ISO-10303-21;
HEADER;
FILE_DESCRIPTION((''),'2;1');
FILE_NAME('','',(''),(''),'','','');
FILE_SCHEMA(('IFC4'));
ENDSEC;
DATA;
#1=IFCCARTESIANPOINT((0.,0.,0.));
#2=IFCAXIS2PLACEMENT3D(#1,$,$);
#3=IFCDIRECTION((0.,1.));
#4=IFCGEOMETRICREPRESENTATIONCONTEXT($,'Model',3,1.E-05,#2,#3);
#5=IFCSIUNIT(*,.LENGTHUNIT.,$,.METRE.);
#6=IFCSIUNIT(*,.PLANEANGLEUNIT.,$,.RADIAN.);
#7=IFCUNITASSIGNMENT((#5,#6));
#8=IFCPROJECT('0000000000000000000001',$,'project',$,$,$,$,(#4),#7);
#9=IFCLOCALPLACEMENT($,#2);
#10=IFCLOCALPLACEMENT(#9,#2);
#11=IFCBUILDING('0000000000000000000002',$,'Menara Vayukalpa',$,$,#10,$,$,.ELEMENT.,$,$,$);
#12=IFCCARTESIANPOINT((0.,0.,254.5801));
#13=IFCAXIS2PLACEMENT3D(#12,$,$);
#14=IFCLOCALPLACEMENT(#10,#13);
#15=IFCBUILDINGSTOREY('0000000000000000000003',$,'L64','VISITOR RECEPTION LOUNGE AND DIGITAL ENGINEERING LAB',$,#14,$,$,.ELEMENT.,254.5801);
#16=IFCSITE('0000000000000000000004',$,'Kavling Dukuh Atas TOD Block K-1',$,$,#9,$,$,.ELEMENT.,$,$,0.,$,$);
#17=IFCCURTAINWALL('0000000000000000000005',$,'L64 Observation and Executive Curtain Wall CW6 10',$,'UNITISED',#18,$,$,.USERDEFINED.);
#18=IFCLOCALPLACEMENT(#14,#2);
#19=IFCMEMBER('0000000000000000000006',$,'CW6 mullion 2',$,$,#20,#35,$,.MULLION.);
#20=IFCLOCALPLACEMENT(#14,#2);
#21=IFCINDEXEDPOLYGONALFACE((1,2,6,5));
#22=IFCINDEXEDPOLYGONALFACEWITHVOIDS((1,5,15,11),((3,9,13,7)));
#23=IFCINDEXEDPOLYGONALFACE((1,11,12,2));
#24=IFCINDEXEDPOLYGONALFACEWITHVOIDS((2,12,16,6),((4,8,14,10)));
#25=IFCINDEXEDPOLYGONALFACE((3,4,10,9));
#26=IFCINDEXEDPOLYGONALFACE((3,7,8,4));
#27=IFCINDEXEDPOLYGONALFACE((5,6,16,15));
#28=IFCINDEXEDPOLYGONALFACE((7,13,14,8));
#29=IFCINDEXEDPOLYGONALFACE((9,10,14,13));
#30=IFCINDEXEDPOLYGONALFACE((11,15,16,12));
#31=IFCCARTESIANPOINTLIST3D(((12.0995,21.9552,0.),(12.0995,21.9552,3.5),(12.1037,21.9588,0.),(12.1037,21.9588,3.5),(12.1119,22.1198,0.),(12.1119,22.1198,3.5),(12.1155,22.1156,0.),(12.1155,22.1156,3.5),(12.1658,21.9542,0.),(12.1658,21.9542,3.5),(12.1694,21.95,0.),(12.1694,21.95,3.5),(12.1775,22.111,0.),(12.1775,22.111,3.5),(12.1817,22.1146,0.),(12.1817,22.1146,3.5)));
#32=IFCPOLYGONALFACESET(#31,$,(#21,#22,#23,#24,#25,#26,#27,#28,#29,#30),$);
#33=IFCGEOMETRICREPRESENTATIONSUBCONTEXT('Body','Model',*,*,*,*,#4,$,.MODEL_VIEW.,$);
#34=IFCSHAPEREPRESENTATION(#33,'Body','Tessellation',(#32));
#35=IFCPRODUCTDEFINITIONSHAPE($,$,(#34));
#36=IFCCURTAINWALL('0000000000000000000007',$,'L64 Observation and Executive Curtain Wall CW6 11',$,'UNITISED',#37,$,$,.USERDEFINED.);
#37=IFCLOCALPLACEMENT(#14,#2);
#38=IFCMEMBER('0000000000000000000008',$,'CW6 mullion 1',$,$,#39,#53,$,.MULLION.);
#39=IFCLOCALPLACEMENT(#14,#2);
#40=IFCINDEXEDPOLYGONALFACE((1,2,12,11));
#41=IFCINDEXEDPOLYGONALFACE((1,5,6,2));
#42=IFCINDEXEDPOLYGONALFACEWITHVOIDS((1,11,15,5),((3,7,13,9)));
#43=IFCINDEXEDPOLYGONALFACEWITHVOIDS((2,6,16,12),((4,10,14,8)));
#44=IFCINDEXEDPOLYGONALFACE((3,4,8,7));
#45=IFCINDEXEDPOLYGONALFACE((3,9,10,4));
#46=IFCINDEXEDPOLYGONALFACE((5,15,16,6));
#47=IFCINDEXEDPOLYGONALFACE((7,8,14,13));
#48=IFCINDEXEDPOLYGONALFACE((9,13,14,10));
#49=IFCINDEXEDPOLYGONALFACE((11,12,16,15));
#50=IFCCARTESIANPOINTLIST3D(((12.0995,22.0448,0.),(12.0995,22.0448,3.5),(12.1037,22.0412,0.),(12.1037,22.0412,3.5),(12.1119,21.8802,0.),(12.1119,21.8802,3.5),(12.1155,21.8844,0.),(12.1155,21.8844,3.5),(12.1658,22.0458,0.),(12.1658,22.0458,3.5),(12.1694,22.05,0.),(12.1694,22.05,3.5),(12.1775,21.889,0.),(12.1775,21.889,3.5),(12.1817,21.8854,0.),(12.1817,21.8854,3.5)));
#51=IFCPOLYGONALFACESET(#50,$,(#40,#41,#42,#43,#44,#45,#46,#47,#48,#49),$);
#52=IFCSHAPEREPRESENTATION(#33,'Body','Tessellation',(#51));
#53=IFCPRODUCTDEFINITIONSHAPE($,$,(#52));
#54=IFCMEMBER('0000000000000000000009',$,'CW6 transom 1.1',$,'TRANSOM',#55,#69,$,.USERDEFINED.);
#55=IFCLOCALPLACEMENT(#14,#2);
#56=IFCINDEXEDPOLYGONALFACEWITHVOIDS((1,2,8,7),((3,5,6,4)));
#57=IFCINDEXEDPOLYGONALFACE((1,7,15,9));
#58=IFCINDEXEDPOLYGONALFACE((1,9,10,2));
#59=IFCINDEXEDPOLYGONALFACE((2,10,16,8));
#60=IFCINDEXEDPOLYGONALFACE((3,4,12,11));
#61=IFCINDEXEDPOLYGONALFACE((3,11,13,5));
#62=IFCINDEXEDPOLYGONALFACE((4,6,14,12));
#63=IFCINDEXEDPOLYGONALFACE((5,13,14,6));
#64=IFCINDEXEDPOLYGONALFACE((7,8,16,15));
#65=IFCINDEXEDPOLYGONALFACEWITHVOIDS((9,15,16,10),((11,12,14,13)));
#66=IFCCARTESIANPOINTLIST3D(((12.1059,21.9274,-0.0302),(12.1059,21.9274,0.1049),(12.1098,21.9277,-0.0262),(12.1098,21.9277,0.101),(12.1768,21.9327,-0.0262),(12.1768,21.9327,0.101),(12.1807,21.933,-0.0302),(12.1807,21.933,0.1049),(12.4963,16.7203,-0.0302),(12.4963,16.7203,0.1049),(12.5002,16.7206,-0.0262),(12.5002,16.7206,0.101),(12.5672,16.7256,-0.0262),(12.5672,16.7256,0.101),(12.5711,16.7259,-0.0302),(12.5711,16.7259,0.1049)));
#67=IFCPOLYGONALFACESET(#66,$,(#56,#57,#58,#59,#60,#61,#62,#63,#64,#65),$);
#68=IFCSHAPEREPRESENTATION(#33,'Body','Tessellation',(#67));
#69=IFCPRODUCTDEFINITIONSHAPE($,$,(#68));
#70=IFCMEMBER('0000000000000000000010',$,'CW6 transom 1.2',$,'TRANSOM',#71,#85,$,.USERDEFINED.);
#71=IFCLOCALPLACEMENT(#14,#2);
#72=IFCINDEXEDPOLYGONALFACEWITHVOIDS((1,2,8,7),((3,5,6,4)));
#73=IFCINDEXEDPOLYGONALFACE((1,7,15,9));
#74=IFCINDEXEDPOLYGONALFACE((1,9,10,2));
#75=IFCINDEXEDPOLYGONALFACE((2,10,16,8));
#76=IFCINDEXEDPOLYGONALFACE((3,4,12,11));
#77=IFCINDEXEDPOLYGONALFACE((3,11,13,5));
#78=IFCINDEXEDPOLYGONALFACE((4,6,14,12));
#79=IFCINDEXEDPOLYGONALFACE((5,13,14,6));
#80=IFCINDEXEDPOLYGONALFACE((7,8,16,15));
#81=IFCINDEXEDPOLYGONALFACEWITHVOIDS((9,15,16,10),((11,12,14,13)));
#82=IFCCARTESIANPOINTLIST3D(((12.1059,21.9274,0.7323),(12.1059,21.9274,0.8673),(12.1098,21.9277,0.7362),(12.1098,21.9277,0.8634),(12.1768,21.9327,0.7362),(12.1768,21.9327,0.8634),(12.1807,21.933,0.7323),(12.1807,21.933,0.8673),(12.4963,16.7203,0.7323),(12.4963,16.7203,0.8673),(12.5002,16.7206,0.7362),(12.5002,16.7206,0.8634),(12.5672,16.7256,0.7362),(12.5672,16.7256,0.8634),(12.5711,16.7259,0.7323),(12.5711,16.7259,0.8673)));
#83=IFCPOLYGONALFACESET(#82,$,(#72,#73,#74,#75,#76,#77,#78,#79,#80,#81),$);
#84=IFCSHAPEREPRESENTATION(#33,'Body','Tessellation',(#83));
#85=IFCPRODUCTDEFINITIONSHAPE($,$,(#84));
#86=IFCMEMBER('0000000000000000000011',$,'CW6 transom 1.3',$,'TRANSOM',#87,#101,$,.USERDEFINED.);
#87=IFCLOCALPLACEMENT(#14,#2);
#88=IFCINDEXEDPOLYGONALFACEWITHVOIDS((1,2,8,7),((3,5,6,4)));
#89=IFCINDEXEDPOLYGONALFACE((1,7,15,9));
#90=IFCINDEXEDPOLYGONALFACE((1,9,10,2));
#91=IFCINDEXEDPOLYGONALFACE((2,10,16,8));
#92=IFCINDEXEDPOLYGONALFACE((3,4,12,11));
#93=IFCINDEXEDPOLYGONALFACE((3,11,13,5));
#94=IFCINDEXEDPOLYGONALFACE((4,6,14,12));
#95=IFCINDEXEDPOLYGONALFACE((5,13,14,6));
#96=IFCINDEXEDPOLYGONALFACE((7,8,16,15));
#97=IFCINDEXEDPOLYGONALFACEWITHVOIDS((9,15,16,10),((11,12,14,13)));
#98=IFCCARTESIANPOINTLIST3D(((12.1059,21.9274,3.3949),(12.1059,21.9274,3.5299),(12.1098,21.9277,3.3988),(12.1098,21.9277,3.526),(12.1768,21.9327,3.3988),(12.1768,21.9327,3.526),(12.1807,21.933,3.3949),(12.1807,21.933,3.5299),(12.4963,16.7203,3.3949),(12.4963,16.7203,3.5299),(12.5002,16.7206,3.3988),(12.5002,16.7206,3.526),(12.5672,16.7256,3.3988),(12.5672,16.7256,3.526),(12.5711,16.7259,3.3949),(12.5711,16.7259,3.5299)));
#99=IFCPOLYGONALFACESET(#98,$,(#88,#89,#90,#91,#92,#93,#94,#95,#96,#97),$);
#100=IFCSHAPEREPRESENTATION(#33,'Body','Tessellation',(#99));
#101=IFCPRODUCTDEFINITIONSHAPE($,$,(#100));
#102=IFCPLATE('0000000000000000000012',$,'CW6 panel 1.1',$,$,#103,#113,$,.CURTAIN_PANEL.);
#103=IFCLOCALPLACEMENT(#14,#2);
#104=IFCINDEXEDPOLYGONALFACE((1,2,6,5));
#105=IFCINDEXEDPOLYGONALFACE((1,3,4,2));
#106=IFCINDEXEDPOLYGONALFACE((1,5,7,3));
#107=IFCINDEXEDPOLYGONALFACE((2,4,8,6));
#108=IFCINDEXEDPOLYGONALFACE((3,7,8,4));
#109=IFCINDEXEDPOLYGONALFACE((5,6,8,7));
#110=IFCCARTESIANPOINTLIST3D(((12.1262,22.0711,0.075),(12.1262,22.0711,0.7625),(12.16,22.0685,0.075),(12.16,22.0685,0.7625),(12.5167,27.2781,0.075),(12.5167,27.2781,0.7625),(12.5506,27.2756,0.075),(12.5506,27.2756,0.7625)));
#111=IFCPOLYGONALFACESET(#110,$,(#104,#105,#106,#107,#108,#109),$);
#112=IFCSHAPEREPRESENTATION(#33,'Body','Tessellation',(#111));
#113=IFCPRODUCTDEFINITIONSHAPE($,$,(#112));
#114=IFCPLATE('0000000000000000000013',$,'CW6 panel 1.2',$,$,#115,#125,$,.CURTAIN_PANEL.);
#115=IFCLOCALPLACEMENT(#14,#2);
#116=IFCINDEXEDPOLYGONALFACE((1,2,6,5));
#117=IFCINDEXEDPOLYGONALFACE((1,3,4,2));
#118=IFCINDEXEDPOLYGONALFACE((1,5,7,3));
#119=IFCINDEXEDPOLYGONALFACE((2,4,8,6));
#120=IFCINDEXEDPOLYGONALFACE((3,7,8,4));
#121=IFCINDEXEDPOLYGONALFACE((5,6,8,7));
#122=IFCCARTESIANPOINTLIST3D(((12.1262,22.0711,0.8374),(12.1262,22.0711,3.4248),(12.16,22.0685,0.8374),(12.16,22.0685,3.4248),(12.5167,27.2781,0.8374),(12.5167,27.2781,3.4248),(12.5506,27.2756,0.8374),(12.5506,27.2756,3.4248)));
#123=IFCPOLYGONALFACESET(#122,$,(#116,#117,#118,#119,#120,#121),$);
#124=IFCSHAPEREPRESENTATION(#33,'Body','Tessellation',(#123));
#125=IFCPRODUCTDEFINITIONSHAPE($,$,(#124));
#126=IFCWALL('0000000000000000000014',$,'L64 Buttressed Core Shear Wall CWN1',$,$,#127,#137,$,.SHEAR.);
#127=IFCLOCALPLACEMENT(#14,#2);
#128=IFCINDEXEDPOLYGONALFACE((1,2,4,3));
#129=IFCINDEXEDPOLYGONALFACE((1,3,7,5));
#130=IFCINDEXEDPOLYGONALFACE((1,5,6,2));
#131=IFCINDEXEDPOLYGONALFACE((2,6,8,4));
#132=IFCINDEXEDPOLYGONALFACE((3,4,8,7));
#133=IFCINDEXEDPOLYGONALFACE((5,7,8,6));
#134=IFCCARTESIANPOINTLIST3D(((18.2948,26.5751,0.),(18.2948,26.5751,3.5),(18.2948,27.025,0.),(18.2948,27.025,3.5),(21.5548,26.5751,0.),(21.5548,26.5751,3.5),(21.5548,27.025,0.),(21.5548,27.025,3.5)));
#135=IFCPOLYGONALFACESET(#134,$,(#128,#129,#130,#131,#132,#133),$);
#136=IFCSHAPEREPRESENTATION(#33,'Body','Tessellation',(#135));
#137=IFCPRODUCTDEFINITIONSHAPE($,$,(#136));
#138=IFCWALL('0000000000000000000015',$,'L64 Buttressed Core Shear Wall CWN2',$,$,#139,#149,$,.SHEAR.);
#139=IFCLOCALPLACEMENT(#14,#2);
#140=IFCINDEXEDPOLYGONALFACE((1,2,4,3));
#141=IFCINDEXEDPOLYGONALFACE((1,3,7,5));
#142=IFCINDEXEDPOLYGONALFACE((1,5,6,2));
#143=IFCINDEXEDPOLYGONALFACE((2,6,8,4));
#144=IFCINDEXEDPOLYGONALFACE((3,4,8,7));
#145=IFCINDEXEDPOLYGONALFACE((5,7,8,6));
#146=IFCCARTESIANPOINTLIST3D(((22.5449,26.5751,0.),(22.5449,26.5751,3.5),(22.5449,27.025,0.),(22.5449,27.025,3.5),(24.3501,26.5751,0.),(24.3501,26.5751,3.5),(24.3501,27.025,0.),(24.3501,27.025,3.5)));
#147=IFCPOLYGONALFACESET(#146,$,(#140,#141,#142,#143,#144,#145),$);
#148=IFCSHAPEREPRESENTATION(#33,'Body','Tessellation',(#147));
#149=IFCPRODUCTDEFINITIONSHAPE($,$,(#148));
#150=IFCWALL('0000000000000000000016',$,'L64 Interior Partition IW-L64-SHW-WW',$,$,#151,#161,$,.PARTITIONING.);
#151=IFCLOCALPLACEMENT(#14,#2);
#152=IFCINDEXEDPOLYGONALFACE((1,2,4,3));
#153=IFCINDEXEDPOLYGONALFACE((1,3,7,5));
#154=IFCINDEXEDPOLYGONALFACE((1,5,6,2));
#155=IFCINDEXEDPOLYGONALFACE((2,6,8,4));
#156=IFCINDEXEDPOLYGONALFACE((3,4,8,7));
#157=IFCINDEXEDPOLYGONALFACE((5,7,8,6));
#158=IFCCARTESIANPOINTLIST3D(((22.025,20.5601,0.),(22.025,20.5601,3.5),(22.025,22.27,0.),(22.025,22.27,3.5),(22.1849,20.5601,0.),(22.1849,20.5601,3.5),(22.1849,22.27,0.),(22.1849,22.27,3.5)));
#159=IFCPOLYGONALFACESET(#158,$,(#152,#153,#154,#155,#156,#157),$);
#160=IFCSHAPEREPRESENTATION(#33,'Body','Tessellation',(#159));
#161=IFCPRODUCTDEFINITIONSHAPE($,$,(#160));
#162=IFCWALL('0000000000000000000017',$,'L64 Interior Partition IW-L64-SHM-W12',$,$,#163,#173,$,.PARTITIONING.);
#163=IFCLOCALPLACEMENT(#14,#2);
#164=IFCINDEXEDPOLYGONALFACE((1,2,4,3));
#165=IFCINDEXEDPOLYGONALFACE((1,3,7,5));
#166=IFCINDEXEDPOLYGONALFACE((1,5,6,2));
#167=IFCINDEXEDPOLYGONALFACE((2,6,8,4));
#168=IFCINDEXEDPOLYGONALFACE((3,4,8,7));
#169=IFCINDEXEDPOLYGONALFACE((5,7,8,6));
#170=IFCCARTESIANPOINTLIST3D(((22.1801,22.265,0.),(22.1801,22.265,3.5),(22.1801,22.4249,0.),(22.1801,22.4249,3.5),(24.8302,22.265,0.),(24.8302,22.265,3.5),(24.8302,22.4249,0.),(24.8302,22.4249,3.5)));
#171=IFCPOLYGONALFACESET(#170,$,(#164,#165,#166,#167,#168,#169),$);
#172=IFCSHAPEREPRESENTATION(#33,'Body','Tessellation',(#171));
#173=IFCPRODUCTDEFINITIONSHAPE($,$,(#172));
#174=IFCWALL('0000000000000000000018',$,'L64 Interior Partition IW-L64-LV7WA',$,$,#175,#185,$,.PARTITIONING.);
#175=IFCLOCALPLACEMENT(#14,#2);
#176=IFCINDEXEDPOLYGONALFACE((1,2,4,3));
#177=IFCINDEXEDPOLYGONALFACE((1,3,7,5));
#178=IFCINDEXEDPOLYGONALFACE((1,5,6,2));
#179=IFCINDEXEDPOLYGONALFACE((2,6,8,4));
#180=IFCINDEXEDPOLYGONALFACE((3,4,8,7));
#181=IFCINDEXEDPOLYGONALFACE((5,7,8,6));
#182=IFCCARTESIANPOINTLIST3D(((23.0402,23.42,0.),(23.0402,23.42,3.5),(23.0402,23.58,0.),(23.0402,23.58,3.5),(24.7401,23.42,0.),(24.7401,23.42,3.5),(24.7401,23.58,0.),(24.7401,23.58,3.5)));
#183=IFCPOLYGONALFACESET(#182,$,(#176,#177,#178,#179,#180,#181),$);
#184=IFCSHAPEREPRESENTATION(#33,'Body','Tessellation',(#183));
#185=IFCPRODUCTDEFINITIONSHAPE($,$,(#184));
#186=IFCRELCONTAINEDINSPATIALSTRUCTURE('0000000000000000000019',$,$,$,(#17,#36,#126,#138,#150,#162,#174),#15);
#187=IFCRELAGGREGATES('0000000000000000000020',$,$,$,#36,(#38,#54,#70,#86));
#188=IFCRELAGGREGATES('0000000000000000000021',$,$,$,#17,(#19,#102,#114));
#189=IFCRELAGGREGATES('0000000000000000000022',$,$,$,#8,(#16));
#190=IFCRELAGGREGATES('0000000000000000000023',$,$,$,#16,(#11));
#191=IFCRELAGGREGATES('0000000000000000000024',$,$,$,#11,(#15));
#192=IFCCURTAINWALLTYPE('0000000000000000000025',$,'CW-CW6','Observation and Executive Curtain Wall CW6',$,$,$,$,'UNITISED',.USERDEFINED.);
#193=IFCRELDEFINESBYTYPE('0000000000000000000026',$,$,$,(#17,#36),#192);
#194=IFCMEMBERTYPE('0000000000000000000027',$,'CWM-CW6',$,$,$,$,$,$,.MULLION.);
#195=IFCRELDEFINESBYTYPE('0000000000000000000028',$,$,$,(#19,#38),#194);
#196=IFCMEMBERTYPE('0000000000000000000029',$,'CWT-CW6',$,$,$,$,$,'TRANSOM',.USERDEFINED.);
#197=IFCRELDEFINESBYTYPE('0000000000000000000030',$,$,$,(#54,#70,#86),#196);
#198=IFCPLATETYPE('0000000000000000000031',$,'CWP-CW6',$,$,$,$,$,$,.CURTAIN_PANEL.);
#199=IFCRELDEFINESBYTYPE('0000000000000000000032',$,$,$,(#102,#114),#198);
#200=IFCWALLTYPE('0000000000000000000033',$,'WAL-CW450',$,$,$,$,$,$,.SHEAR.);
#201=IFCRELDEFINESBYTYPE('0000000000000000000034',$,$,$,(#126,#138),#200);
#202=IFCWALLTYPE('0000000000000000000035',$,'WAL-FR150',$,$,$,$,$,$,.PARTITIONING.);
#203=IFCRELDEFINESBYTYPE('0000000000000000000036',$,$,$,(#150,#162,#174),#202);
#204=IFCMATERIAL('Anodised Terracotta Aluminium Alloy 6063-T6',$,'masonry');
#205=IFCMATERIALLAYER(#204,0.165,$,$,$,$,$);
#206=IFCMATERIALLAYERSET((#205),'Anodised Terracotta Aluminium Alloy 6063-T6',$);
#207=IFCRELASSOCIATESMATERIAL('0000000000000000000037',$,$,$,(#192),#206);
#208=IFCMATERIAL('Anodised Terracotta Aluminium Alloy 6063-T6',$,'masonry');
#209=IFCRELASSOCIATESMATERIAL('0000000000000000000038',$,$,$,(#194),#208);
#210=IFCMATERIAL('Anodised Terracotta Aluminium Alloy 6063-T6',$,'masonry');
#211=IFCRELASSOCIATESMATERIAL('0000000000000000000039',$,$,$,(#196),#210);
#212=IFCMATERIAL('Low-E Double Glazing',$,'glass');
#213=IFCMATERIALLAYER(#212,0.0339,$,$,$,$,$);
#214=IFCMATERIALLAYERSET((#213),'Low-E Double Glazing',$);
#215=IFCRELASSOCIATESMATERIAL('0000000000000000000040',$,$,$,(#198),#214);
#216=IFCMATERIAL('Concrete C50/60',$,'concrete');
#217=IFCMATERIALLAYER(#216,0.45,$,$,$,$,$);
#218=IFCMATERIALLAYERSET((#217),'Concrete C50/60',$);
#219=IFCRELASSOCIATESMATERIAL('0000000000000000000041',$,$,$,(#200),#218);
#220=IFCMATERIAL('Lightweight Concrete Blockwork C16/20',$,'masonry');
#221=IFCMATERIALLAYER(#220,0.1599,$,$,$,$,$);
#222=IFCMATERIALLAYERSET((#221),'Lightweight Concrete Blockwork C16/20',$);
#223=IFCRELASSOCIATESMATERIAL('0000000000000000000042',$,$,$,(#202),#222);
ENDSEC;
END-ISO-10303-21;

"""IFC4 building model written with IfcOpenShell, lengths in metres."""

from ifc_helpers import new_model, si_unit, direction, frame, frame_2d, origin, origin_2d, place, context, subcontext, project, spatial, rectangle, hollow_rectangle, extrude, material, layer, layer_set, material_profile, profile_set, type_object, element, aggregate, save


model = new_model("IFC4")

# Units and contexts
model_context = context("Model", 3, precision=1e-05, world=origin(), true_north=direction((0.0, 1.0)))
body_context = subcontext(model_context, "Body", "Model", "MODEL_VIEW")
ifc_project = project(units=[si_unit("LENGTHUNIT", "METRE"), si_unit("PLANEANGLEUNIT", "RADIAN")], contexts=[model_context])

# Site, building, storey
site_placement = place(None, origin())
site = spatial("IfcSite", under=ifc_project, at=site_placement, Name="Kavling Dukuh Atas TOD Block K-1", CompositionType="ELEMENT", RefElevation=0.0)
building_placement = place(site_placement, origin())
building = spatial("IfcBuilding", under=site, at=building_placement, Name="Menara Vayukalpa", CompositionType="ELEMENT")
storey_placement = place(building_placement, frame((0.0, 0.0, 254.5801)))
storey = spatial("IfcBuildingStorey", under=building, at=storey_placement, Name="L64", Description="VISITOR RECEPTION LOUNGE AND DIGITAL ENGINEERING LAB", CompositionType="ELEMENT", Elevation=254.5801)

# Curtain wall, member
ifc_material_1 = material(Name="Anodised Terracotta Aluminium Alloy 6063-T6", Category="masonry")
ifc_layer_1 = layer(ifc_material_1, 0.165)
ifc_layer_set_1 = layer_set([ifc_layer_1], Name="Anodised Terracotta Aluminium Alloy 6063-T6")
curtain_wall_type = type_object("IfcCurtainWallType", Name="CW-CW6", Description="Observation and Executive Curtain Wall CW6", ElementType="UNITISED", PredefinedType="USERDEFINED", material=ifc_layer_set_1)
curtain_wall_1_placement = place(storey_placement, origin())
curtain_wall_1 = element("IfcCurtainWall", 1, at=curtain_wall_1_placement, inside=storey, type_object=curtain_wall_type, Name="L64 Observation and Executive Curtain Wall CW6 10", ObjectType="UNITISED", PredefinedType="USERDEFINED")
ifc_material_2 = material(Name="Anodised Terracotta Aluminium Alloy 6063-T6", Category="masonry")
ifc_material_profile_1 = material_profile(ifc_material_2, hollow_rectangle(XDim=0.0701, YDim=0.165, WallThickness=0.0039, at=origin_2d()), Name="ALU 70x165x4")
ifc_profile_set_1 = profile_set([ifc_material_profile_1], Name="Anodised Terracotta Aluminium Alloy 6063-T6")
member_type_1 = type_object("IfcMemberType", Name="CWM-CW6", PredefinedType="MULLION", material=ifc_profile_set_1)
member_1_placement = place(storey_placement, frame((12.1406, 22.0349, 0.0), z_axis=(0.0, 0.0, 1.0), x_axis=(0.997199, -0.074789, 0.0)))
member_1 = element("IfcMember", 2, at=member_1_placement, type_object=member_type_1, Name="CW6 mullion 2", PredefinedType="MULLION", context=body_context, shape_type="SweptSolid", body=[
    extrude(hollow_rectangle(XDim=0.0701, YDim=0.165, WallThickness=0.0039, at=origin_2d()), origin(), (0.0, 0.0, 1.0), 3.5),
])

# Curtain wall, members
curtain_wall_2_placement = place(storey_placement, origin())
curtain_wall_2 = element("IfcCurtainWall", 3, at=curtain_wall_2_placement, inside=storey, type_object=curtain_wall_type, Name="L64 Observation and Executive Curtain Wall CW6 11", ObjectType="UNITISED", PredefinedType="USERDEFINED")
member_2_placement = place(storey_placement, frame((12.1406, 21.9651, 0.0), z_axis=(0.0, 0.0, 1.0), x_axis=(0.997199, 0.074789, 0.0)))
member_2 = element("IfcMember", 4, at=member_2_placement, type_object=member_type_1, Name="CW6 mullion 1", PredefinedType="MULLION", context=body_context, shape_type="SweptSolid", body=[
    extrude(hollow_rectangle(XDim=0.0701, YDim=0.165, WallThickness=0.0039, at=origin_2d()), origin(), (0.0, 0.0, 1.0), 3.5),
])
ifc_material_3 = material(Name="Anodised Terracotta Aluminium Alloy 6063-T6", Category="masonry")
ifc_material_profile_2 = material_profile(ifc_material_3, hollow_rectangle(XDim=0.075, YDim=0.135, WallThickness=0.0039, at=origin_2d()), Name="ALU 75x135x4")
ifc_profile_set_2 = profile_set([ifc_material_profile_2], Name="Anodised Terracotta Aluminium Alloy 6063-T6")
member_type_2 = type_object("IfcMemberType", Name="CWT-CW6", ElementType="TRANSOM", PredefinedType="USERDEFINED", material=ifc_profile_set_2)
member_3_placement = place(storey_placement, frame((12.1433, 21.9302, 0.0374), z_axis=(0.074762, -0.997201, 0.0), x_axis=(0.997201, 0.074762, 0.0)))
member_3 = element("IfcMember", 5, at=member_3_placement, type_object=member_type_2, Name="CW6 transom 1.1", ObjectType="TRANSOM", PredefinedType="USERDEFINED", context=body_context, shape_type="SweptSolid", body=[
    extrude(hollow_rectangle(XDim=0.075, YDim=0.135, WallThickness=0.0039, at=origin_2d()), origin(), (0.0, 0.0, 1.0), 5.2217),
])
member_4_placement = place(storey_placement, frame((12.1433, 21.9302, 0.7998), z_axis=(0.074762, -0.997201, 0.0), x_axis=(0.997201, 0.074762, 0.0)))
member_4 = element("IfcMember", 6, at=member_4_placement, type_object=member_type_2, Name="CW6 transom 1.2", ObjectType="TRANSOM", PredefinedType="USERDEFINED", context=body_context, shape_type="SweptSolid", body=[
    extrude(hollow_rectangle(XDim=0.075, YDim=0.135, WallThickness=0.0039, at=origin_2d()), origin(), (0.0, 0.0, 1.0), 5.2217),
])
member_5_placement = place(storey_placement, frame((12.1433, 21.9302, 3.4624), z_axis=(0.074762, -0.997201, 0.0), x_axis=(0.997201, 0.074762, 0.0)))
member_5 = element("IfcMember", 7, at=member_5_placement, type_object=member_type_2, Name="CW6 transom 1.3", ObjectType="TRANSOM", PredefinedType="USERDEFINED", context=body_context, shape_type="SweptSolid", body=[
    extrude(hollow_rectangle(XDim=0.075, YDim=0.135, WallThickness=0.0039, at=origin_2d()), origin(), (0.0, 0.0, 1.0), 5.2217),
])
aggregate(curtain_wall_2, [member_2, member_3, member_4, member_5])

# Plates
ifc_material_4 = material(Name="Low-E Double Glazing", Category="glass")
ifc_layer_2 = layer(ifc_material_4, 0.0339)
ifc_layer_set_2 = layer_set([ifc_layer_2], Name="Low-E Double Glazing")
plate_type = type_object("IfcPlateType", Name="CWP-CW6", PredefinedType="CURTAIN_PANEL", material=ifc_layer_set_2)
plate_1_placement = place(storey_placement, frame((12.3384, 24.6733, 0.075), z_axis=(0.0, 0.0, 1.0), x_axis=(-0.074789, -0.997199, 0.0)))
plate_1 = element("IfcPlate", 8, at=plate_1_placement, type_object=plate_type, Name="CW6 panel 1.1", PredefinedType="CURTAIN_PANEL", context=body_context, shape_type="SweptSolid", body=[
    extrude(rectangle(XDim=5.2217, YDim=0.0339, at=origin_2d()), origin(), (0.0, 0.0, 1.0), 0.6875),
])
plate_2_placement = place(storey_placement, frame((12.3384, 24.6733, 0.8374), z_axis=(0.0, 0.0, 1.0), x_axis=(-0.074789, -0.997199, 0.0)))
plate_2 = element("IfcPlate", 9, at=plate_2_placement, type_object=plate_type, Name="CW6 panel 1.2", PredefinedType="CURTAIN_PANEL", context=body_context, shape_type="SweptSolid", body=[
    extrude(rectangle(XDim=5.2217, YDim=0.0339, at=origin_2d()), origin(), (0.0, 0.0, 1.0), 2.5874),
])
aggregate(curtain_wall_1, [member_1, plate_1, plate_2])

# Walls
ifc_material_5 = material(Name="Concrete C50/60", Category="concrete")
ifc_layer_3 = layer(ifc_material_5, 0.45)
ifc_layer_set_3 = layer_set([ifc_layer_3], Name="Concrete C50/60")
wall_type_1 = type_object("IfcWallType", Name="WAL-CW450", PredefinedType="SHEAR", material=ifc_layer_set_3)
wall_1_placement = place(storey_placement, frame((18.2949, 26.8, 0.0), z_axis=(0.0, 0.0, 1.0), x_axis=(1.0, 0.0, 0.0)))
element("IfcWall", 10, at=wall_1_placement, inside=storey, type_object=wall_type_1, Name="L64 Buttressed Core Shear Wall CWN1", PredefinedType="SHEAR", context=body_context, shape_type="SweptSolid", body=[
    extrude(rectangle(XDim=3.26, YDim=0.45, at=frame_2d((1.6299, 0.0))), origin(), (0.0, 0.0, 1.0), 3.5),
])
wall_2_placement = place(storey_placement, frame((22.5449, 26.8, 0.0), z_axis=(0.0, 0.0, 1.0), x_axis=(1.0, 0.0, 0.0)))
element("IfcWall", 11, at=wall_2_placement, inside=storey, type_object=wall_type_1, Name="L64 Buttressed Core Shear Wall CWN2", PredefinedType="SHEAR", context=body_context, shape_type="SweptSolid", body=[
    extrude(rectangle(XDim=1.8052, YDim=0.45, at=frame_2d((0.9026, 0.0))), origin(), (0.0, 0.0, 1.0), 3.5),
])
ifc_material_6 = material(Name="Lightweight Concrete Blockwork C16/20", Category="masonry")
ifc_layer_4 = layer(ifc_material_6, 0.1599)
ifc_layer_set_4 = layer_set([ifc_layer_4], Name="Lightweight Concrete Blockwork C16/20")
wall_type_2 = type_object("IfcWallType", Name="WAL-FR150", PredefinedType="PARTITIONING", material=ifc_layer_set_4)
wall_3_placement = place(storey_placement, frame((22.105, 20.5601, 0.0), z_axis=(0.0, 0.0, 1.0), x_axis=(0.0, 1.0, 0.0)))
element("IfcWall", 12, at=wall_3_placement, inside=storey, type_object=wall_type_2, Name="L64 Interior Partition IW-L64-SHW-WW", PredefinedType="PARTITIONING", context=body_context, shape_type="SweptSolid", body=[
    extrude(rectangle(XDim=1.71, YDim=0.1599, at=frame_2d((0.855, 0.0))), origin(), (0.0, 0.0, 1.0), 3.5),
])
wall_4_placement = place(storey_placement, frame((22.1799, 22.345, 0.0), z_axis=(0.0, 0.0, 1.0), x_axis=(1.0, 0.0, 0.0)))
element("IfcWall", 13, at=wall_4_placement, inside=storey, type_object=wall_type_2, Name="L64 Interior Partition IW-L64-SHM-W12", PredefinedType="PARTITIONING", context=body_context, shape_type="SweptSolid", body=[
    extrude(rectangle(XDim=2.6501, YDim=0.1599, at=frame_2d((1.3252, 0.0))), origin(), (0.0, 0.0, 1.0), 3.5),
])
wall_5_placement = place(storey_placement, frame((23.04, 23.5, 0.0), z_axis=(0.0, 0.0, 1.0), x_axis=(1.0, 0.0, 0.0)))
element("IfcWall", 14, at=wall_5_placement, inside=storey, type_object=wall_type_2, Name="L64 Interior Partition IW-L64-LV7WA", PredefinedType="PARTITIONING", context=body_context, shape_type="SweptSolid", body=[
    extrude(rectangle(XDim=1.7, YDim=0.1599, at=frame_2d((0.8501, 0.0))), origin(), (0.0, 0.0, 1.0), 3.5),
])

save(model, "model.ifc")
